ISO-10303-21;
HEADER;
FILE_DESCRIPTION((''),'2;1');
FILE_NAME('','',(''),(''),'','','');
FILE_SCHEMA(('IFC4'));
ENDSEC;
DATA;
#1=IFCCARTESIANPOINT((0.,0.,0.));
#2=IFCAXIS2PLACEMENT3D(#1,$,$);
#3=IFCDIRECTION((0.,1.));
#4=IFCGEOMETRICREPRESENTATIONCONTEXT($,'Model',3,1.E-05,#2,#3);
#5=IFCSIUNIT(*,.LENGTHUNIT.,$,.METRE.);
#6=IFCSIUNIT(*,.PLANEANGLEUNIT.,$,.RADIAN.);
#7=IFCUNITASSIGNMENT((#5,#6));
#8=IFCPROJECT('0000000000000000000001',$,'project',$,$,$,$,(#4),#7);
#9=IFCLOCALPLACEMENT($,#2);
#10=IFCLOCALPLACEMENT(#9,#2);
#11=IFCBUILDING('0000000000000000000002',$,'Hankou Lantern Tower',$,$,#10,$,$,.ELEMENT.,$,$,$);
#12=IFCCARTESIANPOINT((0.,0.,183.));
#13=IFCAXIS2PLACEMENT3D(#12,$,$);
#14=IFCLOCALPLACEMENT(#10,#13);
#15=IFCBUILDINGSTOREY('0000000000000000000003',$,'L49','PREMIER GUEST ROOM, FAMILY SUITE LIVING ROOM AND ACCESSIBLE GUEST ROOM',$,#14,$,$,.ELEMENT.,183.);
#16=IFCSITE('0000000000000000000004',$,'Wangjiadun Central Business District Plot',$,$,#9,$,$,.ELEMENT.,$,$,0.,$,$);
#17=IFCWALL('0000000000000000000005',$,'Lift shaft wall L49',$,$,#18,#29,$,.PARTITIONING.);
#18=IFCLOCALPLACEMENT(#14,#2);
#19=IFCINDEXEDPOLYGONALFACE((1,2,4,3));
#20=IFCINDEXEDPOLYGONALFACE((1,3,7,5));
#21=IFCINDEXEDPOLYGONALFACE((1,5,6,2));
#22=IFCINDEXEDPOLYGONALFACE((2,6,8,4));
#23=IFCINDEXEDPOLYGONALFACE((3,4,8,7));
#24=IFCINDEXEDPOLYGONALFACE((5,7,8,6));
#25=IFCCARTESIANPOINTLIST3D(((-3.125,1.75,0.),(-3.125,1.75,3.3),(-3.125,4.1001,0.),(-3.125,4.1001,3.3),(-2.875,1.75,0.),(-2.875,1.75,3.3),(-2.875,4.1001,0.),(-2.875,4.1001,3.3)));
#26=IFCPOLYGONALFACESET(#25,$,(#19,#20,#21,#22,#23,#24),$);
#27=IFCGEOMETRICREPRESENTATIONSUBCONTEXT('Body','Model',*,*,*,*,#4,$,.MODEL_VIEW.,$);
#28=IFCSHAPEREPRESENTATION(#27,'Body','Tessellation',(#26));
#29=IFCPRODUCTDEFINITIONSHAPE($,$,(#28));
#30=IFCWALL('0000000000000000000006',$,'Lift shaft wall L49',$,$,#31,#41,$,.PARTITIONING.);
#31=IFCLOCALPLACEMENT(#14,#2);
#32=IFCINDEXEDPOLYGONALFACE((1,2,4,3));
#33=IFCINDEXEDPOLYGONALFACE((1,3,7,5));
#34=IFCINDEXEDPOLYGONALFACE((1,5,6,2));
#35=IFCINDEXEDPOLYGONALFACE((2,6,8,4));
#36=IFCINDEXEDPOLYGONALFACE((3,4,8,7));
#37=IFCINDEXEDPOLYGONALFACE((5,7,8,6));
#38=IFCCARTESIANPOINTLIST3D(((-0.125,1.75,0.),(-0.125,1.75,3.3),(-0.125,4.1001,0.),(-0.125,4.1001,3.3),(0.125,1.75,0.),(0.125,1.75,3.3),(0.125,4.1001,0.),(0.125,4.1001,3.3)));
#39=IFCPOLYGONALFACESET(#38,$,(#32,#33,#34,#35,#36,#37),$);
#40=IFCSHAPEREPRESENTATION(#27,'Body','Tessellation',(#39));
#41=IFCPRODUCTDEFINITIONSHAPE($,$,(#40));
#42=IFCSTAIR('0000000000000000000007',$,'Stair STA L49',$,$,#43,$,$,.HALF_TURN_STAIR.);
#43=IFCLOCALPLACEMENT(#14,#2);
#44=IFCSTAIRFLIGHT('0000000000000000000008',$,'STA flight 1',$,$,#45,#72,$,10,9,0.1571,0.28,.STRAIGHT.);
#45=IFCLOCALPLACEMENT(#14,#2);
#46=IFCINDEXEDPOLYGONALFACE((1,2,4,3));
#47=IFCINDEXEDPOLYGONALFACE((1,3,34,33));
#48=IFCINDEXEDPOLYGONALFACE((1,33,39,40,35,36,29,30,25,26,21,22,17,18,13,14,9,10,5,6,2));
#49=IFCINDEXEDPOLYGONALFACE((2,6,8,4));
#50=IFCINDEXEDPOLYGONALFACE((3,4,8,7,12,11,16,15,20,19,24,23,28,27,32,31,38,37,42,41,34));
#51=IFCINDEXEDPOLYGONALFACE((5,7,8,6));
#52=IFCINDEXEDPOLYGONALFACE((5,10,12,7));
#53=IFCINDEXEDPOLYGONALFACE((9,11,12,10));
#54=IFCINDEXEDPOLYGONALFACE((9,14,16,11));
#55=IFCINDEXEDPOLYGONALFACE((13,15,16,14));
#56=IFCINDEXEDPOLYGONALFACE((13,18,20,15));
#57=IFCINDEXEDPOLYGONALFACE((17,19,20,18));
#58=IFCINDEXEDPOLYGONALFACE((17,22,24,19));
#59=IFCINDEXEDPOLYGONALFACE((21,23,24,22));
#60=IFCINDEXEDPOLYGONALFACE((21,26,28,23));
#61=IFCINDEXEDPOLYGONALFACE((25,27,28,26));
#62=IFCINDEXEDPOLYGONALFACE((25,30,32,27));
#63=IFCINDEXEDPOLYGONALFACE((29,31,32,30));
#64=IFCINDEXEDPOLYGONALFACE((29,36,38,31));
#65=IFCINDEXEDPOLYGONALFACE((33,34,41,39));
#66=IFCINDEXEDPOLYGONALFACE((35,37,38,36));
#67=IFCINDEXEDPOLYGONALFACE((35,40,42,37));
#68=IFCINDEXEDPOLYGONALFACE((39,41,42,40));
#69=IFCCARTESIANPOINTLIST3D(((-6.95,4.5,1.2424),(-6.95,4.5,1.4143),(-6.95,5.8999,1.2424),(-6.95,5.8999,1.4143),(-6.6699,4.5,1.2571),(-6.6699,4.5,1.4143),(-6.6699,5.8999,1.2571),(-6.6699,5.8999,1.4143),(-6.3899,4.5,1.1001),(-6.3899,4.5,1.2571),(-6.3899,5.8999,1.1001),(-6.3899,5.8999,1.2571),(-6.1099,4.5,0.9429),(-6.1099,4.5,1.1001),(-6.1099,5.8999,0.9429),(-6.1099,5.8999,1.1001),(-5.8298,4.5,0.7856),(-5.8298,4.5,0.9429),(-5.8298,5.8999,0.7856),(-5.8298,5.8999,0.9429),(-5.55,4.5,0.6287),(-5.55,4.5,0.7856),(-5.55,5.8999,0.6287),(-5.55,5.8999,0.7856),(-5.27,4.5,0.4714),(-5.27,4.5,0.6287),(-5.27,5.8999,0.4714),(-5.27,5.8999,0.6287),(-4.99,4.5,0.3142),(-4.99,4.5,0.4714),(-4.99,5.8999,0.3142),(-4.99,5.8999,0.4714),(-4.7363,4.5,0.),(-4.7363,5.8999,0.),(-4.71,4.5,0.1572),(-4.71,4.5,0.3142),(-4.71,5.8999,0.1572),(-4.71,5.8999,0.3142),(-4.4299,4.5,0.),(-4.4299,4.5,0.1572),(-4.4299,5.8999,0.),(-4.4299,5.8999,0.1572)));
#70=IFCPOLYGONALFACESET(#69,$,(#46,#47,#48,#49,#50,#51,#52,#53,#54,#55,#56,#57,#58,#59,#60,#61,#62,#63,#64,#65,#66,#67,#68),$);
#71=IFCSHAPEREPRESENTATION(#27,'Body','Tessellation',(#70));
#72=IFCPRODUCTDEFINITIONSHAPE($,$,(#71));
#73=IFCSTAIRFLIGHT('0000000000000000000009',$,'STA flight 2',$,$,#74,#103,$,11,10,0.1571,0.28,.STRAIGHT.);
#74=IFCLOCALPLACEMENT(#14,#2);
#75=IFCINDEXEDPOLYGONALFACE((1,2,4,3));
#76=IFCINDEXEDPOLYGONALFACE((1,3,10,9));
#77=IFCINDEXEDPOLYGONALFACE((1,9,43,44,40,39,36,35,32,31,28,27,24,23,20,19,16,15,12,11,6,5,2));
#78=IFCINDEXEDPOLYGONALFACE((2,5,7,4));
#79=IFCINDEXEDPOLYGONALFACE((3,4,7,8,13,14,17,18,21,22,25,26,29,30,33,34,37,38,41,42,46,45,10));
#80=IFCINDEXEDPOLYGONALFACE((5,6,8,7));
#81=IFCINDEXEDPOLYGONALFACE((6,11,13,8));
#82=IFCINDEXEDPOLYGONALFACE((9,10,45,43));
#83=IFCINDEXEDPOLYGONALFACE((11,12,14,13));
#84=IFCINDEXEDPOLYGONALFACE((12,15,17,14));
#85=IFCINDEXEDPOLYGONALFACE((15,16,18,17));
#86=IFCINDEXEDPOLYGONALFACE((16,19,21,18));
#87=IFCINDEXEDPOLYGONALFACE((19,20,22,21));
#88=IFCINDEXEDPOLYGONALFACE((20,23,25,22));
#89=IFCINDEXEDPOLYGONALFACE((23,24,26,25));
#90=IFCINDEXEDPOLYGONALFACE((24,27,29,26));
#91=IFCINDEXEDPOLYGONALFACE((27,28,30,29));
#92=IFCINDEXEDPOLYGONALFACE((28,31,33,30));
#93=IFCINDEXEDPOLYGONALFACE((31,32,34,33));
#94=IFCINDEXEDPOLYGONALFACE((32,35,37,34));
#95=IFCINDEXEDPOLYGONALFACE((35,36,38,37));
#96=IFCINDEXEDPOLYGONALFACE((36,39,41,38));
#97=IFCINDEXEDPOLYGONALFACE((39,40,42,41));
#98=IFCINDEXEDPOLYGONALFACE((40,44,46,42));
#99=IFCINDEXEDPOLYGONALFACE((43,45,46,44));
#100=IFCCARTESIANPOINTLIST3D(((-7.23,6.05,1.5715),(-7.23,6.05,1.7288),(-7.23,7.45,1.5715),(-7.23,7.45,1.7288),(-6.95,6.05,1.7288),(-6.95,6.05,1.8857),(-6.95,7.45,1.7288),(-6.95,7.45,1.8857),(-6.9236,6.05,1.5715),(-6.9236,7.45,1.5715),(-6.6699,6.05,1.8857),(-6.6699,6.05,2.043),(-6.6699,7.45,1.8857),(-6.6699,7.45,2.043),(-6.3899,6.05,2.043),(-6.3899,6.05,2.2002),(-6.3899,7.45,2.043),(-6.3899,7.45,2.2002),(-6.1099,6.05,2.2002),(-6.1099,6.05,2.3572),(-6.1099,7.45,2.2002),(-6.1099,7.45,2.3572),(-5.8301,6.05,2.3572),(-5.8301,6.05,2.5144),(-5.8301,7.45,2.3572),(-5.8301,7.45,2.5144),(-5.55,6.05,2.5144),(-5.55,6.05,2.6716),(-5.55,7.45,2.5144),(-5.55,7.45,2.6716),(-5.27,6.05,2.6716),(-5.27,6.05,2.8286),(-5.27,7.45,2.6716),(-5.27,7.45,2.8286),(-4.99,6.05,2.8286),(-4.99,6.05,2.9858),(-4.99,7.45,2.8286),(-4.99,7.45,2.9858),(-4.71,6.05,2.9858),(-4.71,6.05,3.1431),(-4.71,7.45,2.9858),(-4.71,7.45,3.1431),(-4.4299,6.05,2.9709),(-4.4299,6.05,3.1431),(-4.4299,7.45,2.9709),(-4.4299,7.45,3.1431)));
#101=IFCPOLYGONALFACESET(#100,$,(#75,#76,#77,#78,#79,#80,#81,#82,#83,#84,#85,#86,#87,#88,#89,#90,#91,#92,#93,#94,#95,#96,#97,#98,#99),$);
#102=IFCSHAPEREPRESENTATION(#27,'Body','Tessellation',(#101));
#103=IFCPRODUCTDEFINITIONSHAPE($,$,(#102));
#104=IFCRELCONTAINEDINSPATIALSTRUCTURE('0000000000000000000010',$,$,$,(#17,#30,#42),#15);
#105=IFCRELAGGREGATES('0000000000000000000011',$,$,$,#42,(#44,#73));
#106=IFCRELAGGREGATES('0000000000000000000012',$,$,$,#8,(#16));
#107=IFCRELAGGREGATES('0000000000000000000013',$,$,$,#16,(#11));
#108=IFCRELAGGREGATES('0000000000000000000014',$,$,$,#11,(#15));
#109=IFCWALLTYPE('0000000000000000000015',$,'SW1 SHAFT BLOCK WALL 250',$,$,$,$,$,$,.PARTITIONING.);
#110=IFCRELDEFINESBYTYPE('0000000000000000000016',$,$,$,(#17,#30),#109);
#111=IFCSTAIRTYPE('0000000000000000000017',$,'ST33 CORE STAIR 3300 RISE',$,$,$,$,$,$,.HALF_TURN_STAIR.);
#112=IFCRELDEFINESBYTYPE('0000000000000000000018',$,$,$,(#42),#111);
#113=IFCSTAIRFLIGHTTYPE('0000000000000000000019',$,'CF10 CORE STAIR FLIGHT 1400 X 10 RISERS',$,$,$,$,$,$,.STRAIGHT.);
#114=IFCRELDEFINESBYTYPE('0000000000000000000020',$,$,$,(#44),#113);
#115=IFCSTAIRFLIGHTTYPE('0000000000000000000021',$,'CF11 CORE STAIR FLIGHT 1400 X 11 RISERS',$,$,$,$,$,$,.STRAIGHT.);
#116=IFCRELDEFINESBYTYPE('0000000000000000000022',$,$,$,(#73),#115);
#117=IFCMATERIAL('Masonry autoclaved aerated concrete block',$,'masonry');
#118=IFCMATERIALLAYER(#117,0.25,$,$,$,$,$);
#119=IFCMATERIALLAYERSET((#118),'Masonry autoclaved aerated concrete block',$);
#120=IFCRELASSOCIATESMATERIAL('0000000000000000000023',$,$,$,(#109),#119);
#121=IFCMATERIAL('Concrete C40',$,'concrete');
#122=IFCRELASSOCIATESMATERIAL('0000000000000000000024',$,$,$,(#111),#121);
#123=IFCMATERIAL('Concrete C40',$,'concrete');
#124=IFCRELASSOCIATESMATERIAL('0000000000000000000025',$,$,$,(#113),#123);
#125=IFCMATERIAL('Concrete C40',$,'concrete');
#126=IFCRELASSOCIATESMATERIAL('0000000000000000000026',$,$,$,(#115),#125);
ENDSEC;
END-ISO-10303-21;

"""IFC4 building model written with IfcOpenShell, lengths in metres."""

from ifc_helpers import new_model, si_unit, direction, frame, frame_2d, origin, place, context, subcontext, project, spatial, polyline, rectangle, outline, extrude, material, layer, layer_set, type_object, element, aggregate, save


model = new_model("IFC4")

# Units and contexts
model_context = context("Model", 3, precision=1e-05, world=origin(), true_north=direction((0.0, 1.0)))
body_context = subcontext(model_context, "Body", "Model", "MODEL_VIEW")
ifc_project = project(units=[si_unit("LENGTHUNIT", "METRE"), si_unit("PLANEANGLEUNIT", "RADIAN")], contexts=[model_context])

# Site, building, storey
site_placement = place(None, origin())
site = spatial("IfcSite", under=ifc_project, at=site_placement, Name="Wangjiadun Central Business District Plot", CompositionType="ELEMENT", RefElevation=0.0)
building_placement = place(site_placement, origin())
building = spatial("IfcBuilding", under=site, at=building_placement, Name="Hankou Lantern Tower", CompositionType="ELEMENT")
storey_placement = place(building_placement, frame((0.0, 0.0, 183.0)))
storey = spatial("IfcBuildingStorey", under=building, at=storey_placement, Name="L49", Description="PREMIER GUEST ROOM, FAMILY SUITE LIVING ROOM AND ACCESSIBLE GUEST ROOM", CompositionType="ELEMENT", Elevation=183.0)

# Walls
ifc_material_1 = material(Name="Masonry autoclaved aerated concrete block", Category="masonry")
ifc_layer_1 = layer(ifc_material_1, 0.25)
ifc_layer_set_1 = layer_set([ifc_layer_1], Name="Masonry autoclaved aerated concrete block")
wall_type_1 = type_object("IfcWallType", Name="SW1 SHAFT BLOCK WALL 250", PredefinedType="PARTITIONING", material=ifc_layer_set_1)
for number, where, z_axis, x_axis, name in (
    (1, (-3.0, 1.75, 0.0), (0.0, 0.0, 1.0), (0.0, 1.0, 0.0), "Lift shaft wall L49"),
    (2, (0.0, 1.75, 0.0), (0.0, 0.0, 1.0), (0.0, 1.0, 0.0), "Lift shaft wall L49"),
):
    element("IfcWall", number, at=place(storey_placement, frame(where, z_axis=z_axis, x_axis=x_axis)), inside=storey, type_object=wall_type_1, Name=name, PredefinedType="PARTITIONING", context=body_context, shape_type="SweptSolid", body=[
        extrude(rectangle(XDim=2.3501, YDim=0.25, at=frame_2d((1.175, 0.0))), origin(), (0.0, 0.0, 1.0), 3.3),
    ])

# Stair, stair flights
ifc_material_2 = material(Name="Concrete C40", Category="concrete")
stair_type = type_object("IfcStairType", Name="ST33 CORE STAIR 3300 RISE", PredefinedType="HALF_TURN_STAIR", material=ifc_material_2)
stair_placement = place(storey_placement, origin())
stair = element("IfcStair", 3, at=stair_placement, inside=storey, type_object=stair_type, Name="Stair STA L49", PredefinedType="HALF_TURN_STAIR")
ifc_material_3 = material(Name="Concrete C40", Category="concrete")
stair_flight_type_1 = type_object("IfcStairFlightType", Name="CF10 CORE STAIR FLIGHT 1400 X 10 RISERS", PredefinedType="STRAIGHT", material=ifc_material_3)
stair_flight_1_placement = place(storey_placement, frame((-4.4299, 5.2, 0.0), z_axis=(0.0, 0.0, 1.0), x_axis=(-1.0, 0.0, 0.0)))
stair_flight_1 = element("IfcStairFlight", 4, at=stair_flight_1_placement, type_object=stair_flight_type_1, Name="STA flight 1", NumberOfRisers=10, NumberOfTreads=9, PredefinedType="STRAIGHT", RiserHeight=0.1571, TreadLength=0.28, context=body_context, shape_type="SweptSolid", body=[
    extrude(outline(polyline([(0.0, 0.0), (0.0, 0.1572), (0.28, 0.1572), (0.28, 0.3142), (0.5601, 0.3142), (0.5601, 0.4714), (0.8401, 0.4714), (0.8401, 0.6287), (1.1201, 0.6287), (1.1201, 0.7856), (1.3999, 0.7856), (1.3999, 0.9429), (1.6799, 0.9429), (1.6799, 1.1001), (1.96, 1.1001), (1.96, 1.2571), (2.24, 1.2571), (2.24, 1.4143), (2.52, 1.4143), (2.52, 1.5715), (2.52, 1.2424), (0.3064, 0.0), (0.0, 0.0)])), frame((0.0, 0.7, 0.0), z_axis=(0.0, -1.0, 0.0), x_axis=(1.0, 0.0, 0.0)), (0.0, 0.0, 1.0), 1.3999),
])
ifc_material_4 = material(Name="Concrete C40", Category="concrete")
stair_flight_type_2 = type_object("IfcStairFlightType", Name="CF11 CORE STAIR FLIGHT 1400 X 11 RISERS", PredefinedType="STRAIGHT", material=ifc_material_4)
stair_flight_2_placement = place(storey_placement, frame((-7.23, 6.75, 1.5715), z_axis=(0.0, 0.0, 1.0), x_axis=(1.0, 0.0, 0.0)))
stair_flight_2 = element("IfcStairFlight", 5, at=stair_flight_2_placement, type_object=stair_flight_type_2, Name="STA flight 2", NumberOfRisers=11, NumberOfTreads=10, PredefinedType="STRAIGHT", RiserHeight=0.1571, TreadLength=0.28, context=body_context, shape_type="SweptSolid", body=[
    extrude(outline(polyline([(0.0, 0.0), (0.0, 0.1572), (0.28, 0.1572), (0.28, 0.3142), (0.5601, 0.3142), (0.5601, 0.4714), (0.8401, 0.4714), (0.8401, 0.6287), (1.1201, 0.6287), (1.1201, 0.7856), (1.3999, 0.7856), (1.3999, 0.9429), (1.6799, 0.9429), (1.6799, 1.1001), (1.96, 1.1001), (1.96, 1.2571), (2.24, 1.2571), (2.24, 1.4143), (2.52, 1.4143), (2.52, 1.5715), (2.8, 1.5715), (2.8, 1.7285), (2.8, 1.3994), (0.3064, 0.0), (0.0, 0.0)])), frame((0.0, 0.7, 0.0), z_axis=(0.0, -1.0, 0.0), x_axis=(1.0, 0.0, 0.0)), (0.0, 0.0, 1.0), 1.3999),
])
aggregate(stair, [stair_flight_1, stair_flight_2])

save(model, "model.ifc")
